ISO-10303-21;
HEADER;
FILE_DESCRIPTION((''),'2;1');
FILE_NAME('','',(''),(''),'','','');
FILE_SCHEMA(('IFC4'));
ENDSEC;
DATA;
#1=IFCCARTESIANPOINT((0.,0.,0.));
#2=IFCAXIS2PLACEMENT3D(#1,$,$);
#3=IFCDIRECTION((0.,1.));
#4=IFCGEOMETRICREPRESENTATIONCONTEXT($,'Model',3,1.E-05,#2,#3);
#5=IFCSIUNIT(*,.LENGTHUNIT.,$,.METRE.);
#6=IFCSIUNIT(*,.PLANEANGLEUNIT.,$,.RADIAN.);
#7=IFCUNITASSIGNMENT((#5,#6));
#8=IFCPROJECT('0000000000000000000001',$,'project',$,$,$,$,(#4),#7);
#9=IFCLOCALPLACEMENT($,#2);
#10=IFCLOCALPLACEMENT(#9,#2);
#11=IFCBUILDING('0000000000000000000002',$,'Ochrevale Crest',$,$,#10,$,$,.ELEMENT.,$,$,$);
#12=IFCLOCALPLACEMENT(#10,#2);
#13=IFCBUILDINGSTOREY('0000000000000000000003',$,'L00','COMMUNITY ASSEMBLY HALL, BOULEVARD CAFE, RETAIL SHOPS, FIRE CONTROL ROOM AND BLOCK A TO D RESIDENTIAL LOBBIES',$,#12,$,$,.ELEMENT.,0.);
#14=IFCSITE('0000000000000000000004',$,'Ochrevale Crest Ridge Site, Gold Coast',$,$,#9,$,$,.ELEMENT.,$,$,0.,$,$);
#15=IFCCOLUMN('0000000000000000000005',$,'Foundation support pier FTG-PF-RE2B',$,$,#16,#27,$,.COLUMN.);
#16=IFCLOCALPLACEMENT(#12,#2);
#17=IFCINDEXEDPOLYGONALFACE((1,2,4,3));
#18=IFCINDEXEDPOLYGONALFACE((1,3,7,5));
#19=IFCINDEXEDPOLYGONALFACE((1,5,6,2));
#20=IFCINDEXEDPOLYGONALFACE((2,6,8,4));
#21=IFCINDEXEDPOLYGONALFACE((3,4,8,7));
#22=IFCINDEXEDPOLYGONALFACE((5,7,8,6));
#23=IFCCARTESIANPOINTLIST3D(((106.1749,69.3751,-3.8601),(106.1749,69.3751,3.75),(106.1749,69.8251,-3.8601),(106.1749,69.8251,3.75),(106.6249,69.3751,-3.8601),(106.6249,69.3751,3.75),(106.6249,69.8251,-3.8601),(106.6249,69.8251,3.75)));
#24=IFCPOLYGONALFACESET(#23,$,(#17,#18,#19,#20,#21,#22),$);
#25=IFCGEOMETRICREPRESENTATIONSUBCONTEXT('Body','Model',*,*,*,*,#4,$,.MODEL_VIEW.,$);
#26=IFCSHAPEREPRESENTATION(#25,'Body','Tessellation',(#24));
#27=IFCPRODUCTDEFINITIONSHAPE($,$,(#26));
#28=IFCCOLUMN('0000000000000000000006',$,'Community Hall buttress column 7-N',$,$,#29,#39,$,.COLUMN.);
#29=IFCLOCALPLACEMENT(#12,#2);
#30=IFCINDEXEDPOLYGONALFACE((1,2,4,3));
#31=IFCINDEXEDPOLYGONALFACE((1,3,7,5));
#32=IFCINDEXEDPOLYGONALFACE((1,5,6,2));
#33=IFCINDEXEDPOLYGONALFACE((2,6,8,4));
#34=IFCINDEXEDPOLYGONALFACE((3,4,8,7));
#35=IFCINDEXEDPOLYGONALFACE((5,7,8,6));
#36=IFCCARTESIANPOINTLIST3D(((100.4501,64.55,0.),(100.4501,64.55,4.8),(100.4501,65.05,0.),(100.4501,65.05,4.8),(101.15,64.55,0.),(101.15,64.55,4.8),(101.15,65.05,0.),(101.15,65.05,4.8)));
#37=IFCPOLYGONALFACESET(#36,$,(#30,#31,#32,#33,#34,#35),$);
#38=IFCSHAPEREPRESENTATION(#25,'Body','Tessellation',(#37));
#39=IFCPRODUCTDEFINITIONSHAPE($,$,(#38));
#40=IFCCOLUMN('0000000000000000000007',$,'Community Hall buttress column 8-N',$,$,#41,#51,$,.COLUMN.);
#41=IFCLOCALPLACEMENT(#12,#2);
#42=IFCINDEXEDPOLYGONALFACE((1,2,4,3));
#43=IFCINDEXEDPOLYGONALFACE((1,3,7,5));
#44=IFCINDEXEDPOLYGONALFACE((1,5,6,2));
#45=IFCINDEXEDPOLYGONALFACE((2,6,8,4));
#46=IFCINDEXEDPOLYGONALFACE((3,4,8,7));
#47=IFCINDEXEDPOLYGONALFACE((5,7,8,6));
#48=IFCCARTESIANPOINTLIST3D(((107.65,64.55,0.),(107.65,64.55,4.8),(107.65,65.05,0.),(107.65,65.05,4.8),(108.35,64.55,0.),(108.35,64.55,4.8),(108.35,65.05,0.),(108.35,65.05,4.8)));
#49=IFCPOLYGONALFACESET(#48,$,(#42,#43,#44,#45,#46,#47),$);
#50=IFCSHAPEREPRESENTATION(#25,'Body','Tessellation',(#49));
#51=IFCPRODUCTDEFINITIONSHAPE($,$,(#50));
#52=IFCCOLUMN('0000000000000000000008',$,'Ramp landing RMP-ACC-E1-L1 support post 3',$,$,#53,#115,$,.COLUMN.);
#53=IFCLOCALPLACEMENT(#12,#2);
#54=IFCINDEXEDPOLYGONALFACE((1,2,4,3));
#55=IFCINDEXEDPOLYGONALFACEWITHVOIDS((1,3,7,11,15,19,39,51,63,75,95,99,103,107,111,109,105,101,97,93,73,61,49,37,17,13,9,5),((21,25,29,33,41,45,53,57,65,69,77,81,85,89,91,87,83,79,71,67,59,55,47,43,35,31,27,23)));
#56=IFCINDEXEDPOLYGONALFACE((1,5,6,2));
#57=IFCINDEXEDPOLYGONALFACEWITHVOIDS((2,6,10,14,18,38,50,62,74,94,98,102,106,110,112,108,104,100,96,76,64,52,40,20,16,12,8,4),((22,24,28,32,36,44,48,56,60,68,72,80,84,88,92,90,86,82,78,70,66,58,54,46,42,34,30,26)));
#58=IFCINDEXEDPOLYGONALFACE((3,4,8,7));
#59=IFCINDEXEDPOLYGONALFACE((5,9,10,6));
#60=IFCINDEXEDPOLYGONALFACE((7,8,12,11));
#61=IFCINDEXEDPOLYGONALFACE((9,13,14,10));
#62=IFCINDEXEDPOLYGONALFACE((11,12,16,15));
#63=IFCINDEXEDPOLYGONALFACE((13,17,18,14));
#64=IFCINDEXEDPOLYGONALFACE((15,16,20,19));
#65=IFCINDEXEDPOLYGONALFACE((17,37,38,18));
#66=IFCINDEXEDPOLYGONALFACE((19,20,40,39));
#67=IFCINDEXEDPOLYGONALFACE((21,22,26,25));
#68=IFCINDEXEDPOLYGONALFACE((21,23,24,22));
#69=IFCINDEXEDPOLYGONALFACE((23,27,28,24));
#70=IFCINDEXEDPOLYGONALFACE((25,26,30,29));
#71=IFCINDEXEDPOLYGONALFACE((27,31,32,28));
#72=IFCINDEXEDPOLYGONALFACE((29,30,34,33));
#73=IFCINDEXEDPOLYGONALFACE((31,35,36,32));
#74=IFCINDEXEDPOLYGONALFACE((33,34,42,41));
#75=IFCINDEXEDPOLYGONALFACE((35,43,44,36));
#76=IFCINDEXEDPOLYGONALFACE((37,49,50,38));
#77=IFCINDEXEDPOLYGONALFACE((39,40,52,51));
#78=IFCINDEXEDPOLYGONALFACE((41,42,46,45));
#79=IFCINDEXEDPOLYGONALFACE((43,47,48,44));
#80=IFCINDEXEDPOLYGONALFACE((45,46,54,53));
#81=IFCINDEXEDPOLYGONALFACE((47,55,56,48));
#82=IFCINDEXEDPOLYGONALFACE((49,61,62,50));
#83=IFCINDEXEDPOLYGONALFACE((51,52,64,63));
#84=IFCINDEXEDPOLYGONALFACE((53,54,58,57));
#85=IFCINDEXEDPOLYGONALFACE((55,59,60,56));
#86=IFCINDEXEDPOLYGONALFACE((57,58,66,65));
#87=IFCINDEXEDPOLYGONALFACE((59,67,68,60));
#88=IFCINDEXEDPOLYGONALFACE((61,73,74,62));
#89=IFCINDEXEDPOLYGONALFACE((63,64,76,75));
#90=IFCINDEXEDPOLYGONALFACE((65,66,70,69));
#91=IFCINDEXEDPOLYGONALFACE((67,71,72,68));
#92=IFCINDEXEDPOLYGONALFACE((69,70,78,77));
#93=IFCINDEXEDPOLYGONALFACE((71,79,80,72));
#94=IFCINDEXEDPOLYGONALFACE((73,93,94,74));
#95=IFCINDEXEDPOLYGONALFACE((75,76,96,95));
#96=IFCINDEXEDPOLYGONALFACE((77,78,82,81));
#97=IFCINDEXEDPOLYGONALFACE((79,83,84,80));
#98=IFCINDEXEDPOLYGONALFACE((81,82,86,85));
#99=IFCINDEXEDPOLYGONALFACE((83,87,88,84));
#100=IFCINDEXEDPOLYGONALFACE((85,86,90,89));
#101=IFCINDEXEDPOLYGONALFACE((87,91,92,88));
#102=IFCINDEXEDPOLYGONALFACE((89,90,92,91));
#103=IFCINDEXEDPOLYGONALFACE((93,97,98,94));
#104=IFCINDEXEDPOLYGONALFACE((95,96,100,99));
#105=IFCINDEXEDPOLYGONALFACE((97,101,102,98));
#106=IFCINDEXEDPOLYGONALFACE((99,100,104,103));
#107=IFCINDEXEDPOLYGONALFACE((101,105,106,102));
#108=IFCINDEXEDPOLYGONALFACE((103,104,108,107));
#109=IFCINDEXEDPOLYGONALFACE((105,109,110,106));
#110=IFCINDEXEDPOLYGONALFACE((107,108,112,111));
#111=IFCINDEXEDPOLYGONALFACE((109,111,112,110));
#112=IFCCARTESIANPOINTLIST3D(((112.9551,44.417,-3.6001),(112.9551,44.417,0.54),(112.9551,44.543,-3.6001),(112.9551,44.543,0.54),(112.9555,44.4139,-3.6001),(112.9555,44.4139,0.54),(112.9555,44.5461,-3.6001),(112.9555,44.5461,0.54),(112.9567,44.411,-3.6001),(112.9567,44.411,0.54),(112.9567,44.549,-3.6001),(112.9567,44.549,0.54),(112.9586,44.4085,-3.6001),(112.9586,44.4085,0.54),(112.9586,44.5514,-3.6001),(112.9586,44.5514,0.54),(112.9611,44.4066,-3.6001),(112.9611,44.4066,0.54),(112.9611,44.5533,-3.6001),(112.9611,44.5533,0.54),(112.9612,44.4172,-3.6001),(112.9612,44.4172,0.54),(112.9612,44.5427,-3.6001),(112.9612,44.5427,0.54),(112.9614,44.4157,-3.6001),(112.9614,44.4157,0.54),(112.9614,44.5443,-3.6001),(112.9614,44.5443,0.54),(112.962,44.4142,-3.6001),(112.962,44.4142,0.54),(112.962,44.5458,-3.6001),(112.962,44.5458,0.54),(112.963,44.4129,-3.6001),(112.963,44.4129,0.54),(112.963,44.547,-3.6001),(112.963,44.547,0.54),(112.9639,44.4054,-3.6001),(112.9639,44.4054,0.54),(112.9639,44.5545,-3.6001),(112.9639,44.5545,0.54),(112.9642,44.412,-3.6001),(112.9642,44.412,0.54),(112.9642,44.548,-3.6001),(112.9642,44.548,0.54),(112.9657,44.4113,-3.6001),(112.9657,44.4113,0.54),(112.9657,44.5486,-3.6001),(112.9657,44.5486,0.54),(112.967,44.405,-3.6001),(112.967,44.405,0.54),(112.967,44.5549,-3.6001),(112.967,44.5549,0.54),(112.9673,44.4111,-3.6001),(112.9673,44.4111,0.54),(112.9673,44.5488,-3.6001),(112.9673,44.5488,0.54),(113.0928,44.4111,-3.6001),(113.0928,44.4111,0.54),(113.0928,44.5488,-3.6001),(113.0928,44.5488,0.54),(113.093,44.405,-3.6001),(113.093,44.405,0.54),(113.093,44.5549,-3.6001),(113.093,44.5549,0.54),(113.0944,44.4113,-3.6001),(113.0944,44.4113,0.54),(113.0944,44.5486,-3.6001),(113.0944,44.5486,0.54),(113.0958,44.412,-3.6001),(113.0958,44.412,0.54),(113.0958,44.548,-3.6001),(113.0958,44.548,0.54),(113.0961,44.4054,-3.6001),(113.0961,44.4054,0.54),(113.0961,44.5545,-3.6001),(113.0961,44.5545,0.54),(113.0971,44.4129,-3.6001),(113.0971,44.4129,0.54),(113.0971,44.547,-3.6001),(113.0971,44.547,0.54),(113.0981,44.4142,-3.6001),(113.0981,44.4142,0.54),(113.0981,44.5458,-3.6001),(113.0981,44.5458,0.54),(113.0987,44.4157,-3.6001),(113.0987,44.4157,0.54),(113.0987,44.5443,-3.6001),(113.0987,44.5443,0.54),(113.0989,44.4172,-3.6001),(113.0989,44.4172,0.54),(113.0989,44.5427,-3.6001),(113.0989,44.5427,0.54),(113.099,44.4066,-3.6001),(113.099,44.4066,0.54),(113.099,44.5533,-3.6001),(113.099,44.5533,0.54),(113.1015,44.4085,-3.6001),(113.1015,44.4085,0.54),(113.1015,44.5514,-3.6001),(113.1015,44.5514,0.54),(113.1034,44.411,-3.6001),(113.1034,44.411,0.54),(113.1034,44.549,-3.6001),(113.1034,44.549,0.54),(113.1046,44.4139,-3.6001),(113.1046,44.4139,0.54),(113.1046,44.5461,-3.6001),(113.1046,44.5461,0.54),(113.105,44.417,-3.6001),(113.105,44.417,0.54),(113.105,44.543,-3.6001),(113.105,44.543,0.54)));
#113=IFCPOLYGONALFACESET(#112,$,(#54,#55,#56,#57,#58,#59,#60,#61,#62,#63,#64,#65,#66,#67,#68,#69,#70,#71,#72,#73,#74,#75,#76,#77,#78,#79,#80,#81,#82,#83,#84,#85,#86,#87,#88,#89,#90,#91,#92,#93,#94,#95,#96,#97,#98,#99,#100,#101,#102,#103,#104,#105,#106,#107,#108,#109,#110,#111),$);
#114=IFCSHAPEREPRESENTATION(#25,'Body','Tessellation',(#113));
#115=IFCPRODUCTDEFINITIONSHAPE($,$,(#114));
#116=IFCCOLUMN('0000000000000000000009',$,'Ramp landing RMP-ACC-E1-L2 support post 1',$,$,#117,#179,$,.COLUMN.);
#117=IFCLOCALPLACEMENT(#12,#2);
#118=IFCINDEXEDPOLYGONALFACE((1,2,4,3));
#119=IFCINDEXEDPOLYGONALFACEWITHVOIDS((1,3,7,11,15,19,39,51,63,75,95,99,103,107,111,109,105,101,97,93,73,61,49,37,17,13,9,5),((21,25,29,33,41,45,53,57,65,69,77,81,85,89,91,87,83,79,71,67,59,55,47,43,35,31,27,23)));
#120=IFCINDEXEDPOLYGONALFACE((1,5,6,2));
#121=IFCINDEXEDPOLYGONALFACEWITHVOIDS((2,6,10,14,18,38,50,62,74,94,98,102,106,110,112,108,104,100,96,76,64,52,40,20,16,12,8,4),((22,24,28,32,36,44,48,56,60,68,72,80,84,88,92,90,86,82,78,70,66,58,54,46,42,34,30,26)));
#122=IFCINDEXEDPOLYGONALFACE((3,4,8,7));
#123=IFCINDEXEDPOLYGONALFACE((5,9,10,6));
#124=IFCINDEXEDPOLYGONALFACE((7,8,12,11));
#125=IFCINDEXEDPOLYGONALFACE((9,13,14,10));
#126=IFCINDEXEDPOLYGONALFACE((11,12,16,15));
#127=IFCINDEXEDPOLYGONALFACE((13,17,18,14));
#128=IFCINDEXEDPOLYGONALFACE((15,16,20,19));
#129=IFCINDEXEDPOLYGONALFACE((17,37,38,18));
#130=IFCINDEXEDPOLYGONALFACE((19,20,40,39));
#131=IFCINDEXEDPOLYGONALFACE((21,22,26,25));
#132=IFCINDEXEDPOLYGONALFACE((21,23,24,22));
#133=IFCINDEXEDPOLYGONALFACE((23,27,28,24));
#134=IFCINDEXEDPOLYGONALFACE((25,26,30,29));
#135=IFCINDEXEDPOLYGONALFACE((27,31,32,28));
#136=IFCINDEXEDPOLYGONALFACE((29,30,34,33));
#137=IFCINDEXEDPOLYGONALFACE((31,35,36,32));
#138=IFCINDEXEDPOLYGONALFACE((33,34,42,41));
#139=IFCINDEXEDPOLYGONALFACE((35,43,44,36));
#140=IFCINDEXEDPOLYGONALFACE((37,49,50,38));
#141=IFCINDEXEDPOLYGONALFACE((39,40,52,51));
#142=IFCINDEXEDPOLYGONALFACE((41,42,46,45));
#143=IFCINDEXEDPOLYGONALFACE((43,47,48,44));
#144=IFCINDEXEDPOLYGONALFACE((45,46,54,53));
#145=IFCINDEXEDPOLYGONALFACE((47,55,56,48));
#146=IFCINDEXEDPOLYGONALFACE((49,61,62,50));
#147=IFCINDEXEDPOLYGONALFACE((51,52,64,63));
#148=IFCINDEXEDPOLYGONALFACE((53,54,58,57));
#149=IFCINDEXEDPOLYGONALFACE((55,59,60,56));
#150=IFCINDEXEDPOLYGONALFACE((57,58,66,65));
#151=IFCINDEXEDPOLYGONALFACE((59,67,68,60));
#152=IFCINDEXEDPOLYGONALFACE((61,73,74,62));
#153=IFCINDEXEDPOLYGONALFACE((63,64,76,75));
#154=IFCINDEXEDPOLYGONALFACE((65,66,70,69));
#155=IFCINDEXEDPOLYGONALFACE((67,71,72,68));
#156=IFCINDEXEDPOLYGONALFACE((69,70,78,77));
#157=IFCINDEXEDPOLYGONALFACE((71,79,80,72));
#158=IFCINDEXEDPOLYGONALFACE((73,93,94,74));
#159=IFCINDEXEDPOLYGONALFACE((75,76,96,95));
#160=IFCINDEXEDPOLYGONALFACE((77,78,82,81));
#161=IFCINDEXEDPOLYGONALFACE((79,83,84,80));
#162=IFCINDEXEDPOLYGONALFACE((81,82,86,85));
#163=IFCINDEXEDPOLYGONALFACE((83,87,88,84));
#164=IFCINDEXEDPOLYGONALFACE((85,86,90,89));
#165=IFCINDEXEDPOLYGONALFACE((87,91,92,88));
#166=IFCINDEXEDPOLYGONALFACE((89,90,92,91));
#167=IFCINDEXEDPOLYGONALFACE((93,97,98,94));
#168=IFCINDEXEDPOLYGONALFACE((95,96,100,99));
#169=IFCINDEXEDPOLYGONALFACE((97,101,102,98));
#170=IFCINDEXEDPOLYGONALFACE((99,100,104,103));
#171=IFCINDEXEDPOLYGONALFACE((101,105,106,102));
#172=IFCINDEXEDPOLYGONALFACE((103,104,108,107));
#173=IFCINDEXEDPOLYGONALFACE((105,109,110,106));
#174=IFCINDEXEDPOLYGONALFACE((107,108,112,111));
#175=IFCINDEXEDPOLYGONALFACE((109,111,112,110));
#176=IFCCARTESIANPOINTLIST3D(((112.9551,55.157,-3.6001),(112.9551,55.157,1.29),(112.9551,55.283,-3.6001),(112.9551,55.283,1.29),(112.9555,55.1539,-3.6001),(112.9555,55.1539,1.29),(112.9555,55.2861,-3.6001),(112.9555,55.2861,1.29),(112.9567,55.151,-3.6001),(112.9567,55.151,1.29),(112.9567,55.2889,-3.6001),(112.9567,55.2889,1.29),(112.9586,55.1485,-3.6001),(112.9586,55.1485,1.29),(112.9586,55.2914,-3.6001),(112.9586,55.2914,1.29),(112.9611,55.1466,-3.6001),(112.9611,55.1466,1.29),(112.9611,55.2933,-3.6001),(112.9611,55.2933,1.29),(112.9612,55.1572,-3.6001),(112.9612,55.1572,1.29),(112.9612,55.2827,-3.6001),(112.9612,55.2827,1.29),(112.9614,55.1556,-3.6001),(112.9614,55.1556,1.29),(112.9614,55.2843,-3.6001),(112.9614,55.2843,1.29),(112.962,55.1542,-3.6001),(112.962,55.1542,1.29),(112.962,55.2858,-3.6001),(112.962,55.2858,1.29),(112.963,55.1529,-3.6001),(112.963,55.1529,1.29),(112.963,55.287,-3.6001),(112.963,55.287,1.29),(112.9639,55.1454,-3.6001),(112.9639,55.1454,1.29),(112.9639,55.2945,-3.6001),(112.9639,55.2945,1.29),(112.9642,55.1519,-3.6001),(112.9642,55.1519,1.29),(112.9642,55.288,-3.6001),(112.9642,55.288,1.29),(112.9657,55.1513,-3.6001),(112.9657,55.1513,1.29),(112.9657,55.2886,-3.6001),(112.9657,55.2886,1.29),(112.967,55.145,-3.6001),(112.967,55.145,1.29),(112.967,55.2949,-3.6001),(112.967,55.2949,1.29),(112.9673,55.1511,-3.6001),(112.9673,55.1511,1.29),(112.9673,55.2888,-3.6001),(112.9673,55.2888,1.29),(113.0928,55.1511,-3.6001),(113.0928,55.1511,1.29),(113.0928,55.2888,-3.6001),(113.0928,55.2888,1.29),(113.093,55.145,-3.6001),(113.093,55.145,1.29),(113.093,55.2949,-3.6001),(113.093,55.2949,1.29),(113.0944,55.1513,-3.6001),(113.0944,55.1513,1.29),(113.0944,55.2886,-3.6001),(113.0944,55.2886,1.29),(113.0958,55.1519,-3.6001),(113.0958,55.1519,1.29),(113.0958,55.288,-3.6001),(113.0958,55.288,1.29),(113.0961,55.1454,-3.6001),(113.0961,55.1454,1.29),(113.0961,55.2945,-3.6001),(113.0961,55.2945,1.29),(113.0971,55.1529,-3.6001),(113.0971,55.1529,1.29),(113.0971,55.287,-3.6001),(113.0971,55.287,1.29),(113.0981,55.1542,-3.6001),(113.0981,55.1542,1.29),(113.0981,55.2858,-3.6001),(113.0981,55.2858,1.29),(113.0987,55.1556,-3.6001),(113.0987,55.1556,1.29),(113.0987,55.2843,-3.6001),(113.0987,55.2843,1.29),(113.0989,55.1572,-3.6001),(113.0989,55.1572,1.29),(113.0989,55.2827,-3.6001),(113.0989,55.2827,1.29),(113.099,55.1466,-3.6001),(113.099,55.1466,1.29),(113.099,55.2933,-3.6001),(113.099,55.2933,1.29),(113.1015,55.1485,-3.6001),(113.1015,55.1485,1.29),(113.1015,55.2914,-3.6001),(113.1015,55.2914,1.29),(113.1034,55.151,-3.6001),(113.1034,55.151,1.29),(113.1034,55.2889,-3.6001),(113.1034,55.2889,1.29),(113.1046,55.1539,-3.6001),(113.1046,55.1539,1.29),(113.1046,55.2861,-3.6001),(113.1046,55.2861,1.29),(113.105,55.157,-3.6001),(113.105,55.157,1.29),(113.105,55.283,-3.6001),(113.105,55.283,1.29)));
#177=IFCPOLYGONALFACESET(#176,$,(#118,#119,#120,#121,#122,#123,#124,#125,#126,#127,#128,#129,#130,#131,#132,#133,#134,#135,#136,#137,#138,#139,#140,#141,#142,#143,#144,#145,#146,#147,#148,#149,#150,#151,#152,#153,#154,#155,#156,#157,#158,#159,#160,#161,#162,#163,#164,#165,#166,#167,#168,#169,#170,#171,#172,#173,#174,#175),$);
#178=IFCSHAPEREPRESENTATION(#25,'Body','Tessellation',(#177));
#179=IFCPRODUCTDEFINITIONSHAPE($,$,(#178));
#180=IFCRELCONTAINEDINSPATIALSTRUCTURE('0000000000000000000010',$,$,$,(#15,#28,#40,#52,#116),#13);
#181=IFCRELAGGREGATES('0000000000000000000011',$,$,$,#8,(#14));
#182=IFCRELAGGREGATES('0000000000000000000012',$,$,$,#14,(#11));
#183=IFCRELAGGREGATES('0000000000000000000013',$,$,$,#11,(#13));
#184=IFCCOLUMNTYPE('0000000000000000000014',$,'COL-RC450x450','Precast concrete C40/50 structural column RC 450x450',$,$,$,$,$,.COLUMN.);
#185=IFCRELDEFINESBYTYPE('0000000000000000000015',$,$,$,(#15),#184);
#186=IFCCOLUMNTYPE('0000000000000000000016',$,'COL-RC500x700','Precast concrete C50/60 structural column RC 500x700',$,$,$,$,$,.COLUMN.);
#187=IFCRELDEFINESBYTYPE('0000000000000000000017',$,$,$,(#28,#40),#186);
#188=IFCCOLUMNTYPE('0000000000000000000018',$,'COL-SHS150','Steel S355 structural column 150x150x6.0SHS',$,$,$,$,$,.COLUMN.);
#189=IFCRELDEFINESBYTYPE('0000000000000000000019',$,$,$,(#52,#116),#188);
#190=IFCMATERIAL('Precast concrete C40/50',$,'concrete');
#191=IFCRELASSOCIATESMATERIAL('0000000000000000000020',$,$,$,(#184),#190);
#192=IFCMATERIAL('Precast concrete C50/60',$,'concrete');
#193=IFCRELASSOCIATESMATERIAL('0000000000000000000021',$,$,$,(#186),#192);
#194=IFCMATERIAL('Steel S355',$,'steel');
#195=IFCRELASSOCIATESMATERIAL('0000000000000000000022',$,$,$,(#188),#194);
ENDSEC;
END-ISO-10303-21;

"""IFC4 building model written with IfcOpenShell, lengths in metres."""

from ifc_helpers import new_model, si_unit, direction, frame, origin, origin_2d, place, context, subcontext, project, spatial, rectangle, hollow_rectangle, extrude, material, material_profile, profile_set, type_object, element, save


model = new_model("IFC4")

# Units and contexts
model_context = context("Model", 3, precision=1e-05, world=origin(), true_north=direction((0.0, 1.0)))
body_context = subcontext(model_context, "Body", "Model", "MODEL_VIEW")
ifc_project = project(units=[si_unit("LENGTHUNIT", "METRE"), si_unit("PLANEANGLEUNIT", "RADIAN")], contexts=[model_context])

# Site, building, storey
site_placement = place(None, origin())
site = spatial("IfcSite", under=ifc_project, at=site_placement, Name="Ochrevale Crest Ridge Site, Gold Coast", CompositionType="ELEMENT", RefElevation=0.0)
building_placement = place(site_placement, origin())
building = spatial("IfcBuilding", under=site, at=building_placement, Name="Ochrevale Crest", CompositionType="ELEMENT")
storey_placement = place(building_placement, origin())
storey = spatial("IfcBuildingStorey", under=building, at=storey_placement, Name="L00", Description="COMMUNITY ASSEMBLY HALL, BOULEVARD CAFE, RETAIL SHOPS, FIRE CONTROL ROOM AND BLOCK A TO D RESIDENTIAL LOBBIES", CompositionType="ELEMENT", Elevation=0.0)

# Columns
ifc_material_1 = material(Name="Precast concrete C40/50", Category="concrete")
ifc_material_profile_1 = material_profile(ifc_material_1, rectangle(XDim=0.45, YDim=0.45, at=origin_2d()), Name="RC 450x450")
ifc_profile_set_1 = profile_set([ifc_material_profile_1], Name="Precast concrete C40/50")
column_type_1 = type_object("IfcColumnType", Name="COL-RC450x450", Description="Precast concrete C40/50 structural column RC 450x450", PredefinedType="COLUMN", material=ifc_profile_set_1)
column_1_placement = place(storey_placement, frame((106.3999, 69.6001, -3.8601), z_axis=(0.0, 0.0, 1.0), x_axis=(1.0, 0.0, 0.0)))
element("IfcColumn", 1, at=column_1_placement, inside=storey, type_object=column_type_1, Name="Foundation support pier FTG-PF-RE2B", PredefinedType="COLUMN", context=body_context, shape_type="SweptSolid", body=[
    extrude(rectangle(XDim=0.45, YDim=0.45, at=origin_2d()), origin(), (0.0, 0.0, 1.0), 7.6101),
])
ifc_material_2 = material(Name="Precast concrete C50/60", Category="concrete")
ifc_material_profile_2 = material_profile(ifc_material_2, rectangle(XDim=0.5, YDim=0.7, at=origin_2d()), Name="RC 500x700")
ifc_profile_set_2 = profile_set([ifc_material_profile_2], Name="Precast concrete C50/60")
column_type_2 = type_object("IfcColumnType", Name="COL-RC500x700", Description="Precast concrete C50/60 structural column RC 500x700", PredefinedType="COLUMN", material=ifc_profile_set_2)
for number, where, z_axis, x_axis, name in (
    (2, (100.8, 64.8, 0.0), (0.0, 0.0, 1.0), (0.0, 1.0, 0.0), "Community Hall buttress column 7-N"),
    (3, (108.0, 64.8, 0.0), (0.0, 0.0, 1.0), (0.0, 1.0, 0.0), "Community Hall buttress column 8-N"),
):
    element("IfcColumn", number, at=place(storey_placement, frame(where, z_axis=z_axis, x_axis=x_axis)), inside=storey, type_object=column_type_2, Name=name, PredefinedType="COLUMN", context=body_context, shape_type="SweptSolid", body=[
        extrude(rectangle(XDim=0.5, YDim=0.7, at=origin_2d()), origin(), (0.0, 0.0, 1.0), 4.8),
    ])
ifc_material_3 = material(Name="Steel S355", Category="steel")
ifc_material_profile_3 = material_profile(ifc_material_3, hollow_rectangle(XDim=0.1499, YDim=0.1499, WallThickness=0.0061, InnerFilletRadius=0.0061, OuterFilletRadius=0.012, at=origin_2d()), Name="150x150x6.0SHS")
ifc_profile_set_3 = profile_set([ifc_material_profile_3], Name="Steel S355")
column_type_3 = type_object("IfcColumnType", Name="COL-SHS150", Description="Steel S355 structural column 150x150x6.0SHS", PredefinedType="COLUMN", material=ifc_profile_set_3)
column_2_placement = place(storey_placement, frame((113.03, 44.48, -3.6001), z_axis=(0.0, 0.0, 1.0), x_axis=(1.0, 0.0, 0.0)))
element("IfcColumn", 4, at=column_2_placement, inside=storey, type_object=column_type_3, Name="Ramp landing RMP-ACC-E1-L1 support post 3", PredefinedType="COLUMN", context=body_context, shape_type="SweptSolid", body=[
    extrude(hollow_rectangle(XDim=0.1499, YDim=0.1499, WallThickness=0.0061, InnerFilletRadius=0.0061, OuterFilletRadius=0.012, at=origin_2d()), origin(), (0.0, 0.0, 1.0), 4.1401),
])
for number, where, z_axis, x_axis, name in (
    (5, (113.03, 55.22, -3.6001), (0.0, 0.0, 1.0), (1.0, 0.0, 0.0), "Ramp landing RMP-ACC-E1-L2 support post 1"),
):
    element("IfcColumn", number, at=place(storey_placement, frame(where, z_axis=z_axis, x_axis=x_axis)), inside=storey, type_object=column_type_3, Name=name, PredefinedType="COLUMN", context=body_context, shape_type="SweptSolid", body=[
        extrude(hollow_rectangle(XDim=0.1499, YDim=0.1499, WallThickness=0.0061, InnerFilletRadius=0.0061, OuterFilletRadius=0.012, at=origin_2d()), origin(), (0.0, 0.0, 1.0), 4.8901),
    ])

save(model, "model.ifc")
